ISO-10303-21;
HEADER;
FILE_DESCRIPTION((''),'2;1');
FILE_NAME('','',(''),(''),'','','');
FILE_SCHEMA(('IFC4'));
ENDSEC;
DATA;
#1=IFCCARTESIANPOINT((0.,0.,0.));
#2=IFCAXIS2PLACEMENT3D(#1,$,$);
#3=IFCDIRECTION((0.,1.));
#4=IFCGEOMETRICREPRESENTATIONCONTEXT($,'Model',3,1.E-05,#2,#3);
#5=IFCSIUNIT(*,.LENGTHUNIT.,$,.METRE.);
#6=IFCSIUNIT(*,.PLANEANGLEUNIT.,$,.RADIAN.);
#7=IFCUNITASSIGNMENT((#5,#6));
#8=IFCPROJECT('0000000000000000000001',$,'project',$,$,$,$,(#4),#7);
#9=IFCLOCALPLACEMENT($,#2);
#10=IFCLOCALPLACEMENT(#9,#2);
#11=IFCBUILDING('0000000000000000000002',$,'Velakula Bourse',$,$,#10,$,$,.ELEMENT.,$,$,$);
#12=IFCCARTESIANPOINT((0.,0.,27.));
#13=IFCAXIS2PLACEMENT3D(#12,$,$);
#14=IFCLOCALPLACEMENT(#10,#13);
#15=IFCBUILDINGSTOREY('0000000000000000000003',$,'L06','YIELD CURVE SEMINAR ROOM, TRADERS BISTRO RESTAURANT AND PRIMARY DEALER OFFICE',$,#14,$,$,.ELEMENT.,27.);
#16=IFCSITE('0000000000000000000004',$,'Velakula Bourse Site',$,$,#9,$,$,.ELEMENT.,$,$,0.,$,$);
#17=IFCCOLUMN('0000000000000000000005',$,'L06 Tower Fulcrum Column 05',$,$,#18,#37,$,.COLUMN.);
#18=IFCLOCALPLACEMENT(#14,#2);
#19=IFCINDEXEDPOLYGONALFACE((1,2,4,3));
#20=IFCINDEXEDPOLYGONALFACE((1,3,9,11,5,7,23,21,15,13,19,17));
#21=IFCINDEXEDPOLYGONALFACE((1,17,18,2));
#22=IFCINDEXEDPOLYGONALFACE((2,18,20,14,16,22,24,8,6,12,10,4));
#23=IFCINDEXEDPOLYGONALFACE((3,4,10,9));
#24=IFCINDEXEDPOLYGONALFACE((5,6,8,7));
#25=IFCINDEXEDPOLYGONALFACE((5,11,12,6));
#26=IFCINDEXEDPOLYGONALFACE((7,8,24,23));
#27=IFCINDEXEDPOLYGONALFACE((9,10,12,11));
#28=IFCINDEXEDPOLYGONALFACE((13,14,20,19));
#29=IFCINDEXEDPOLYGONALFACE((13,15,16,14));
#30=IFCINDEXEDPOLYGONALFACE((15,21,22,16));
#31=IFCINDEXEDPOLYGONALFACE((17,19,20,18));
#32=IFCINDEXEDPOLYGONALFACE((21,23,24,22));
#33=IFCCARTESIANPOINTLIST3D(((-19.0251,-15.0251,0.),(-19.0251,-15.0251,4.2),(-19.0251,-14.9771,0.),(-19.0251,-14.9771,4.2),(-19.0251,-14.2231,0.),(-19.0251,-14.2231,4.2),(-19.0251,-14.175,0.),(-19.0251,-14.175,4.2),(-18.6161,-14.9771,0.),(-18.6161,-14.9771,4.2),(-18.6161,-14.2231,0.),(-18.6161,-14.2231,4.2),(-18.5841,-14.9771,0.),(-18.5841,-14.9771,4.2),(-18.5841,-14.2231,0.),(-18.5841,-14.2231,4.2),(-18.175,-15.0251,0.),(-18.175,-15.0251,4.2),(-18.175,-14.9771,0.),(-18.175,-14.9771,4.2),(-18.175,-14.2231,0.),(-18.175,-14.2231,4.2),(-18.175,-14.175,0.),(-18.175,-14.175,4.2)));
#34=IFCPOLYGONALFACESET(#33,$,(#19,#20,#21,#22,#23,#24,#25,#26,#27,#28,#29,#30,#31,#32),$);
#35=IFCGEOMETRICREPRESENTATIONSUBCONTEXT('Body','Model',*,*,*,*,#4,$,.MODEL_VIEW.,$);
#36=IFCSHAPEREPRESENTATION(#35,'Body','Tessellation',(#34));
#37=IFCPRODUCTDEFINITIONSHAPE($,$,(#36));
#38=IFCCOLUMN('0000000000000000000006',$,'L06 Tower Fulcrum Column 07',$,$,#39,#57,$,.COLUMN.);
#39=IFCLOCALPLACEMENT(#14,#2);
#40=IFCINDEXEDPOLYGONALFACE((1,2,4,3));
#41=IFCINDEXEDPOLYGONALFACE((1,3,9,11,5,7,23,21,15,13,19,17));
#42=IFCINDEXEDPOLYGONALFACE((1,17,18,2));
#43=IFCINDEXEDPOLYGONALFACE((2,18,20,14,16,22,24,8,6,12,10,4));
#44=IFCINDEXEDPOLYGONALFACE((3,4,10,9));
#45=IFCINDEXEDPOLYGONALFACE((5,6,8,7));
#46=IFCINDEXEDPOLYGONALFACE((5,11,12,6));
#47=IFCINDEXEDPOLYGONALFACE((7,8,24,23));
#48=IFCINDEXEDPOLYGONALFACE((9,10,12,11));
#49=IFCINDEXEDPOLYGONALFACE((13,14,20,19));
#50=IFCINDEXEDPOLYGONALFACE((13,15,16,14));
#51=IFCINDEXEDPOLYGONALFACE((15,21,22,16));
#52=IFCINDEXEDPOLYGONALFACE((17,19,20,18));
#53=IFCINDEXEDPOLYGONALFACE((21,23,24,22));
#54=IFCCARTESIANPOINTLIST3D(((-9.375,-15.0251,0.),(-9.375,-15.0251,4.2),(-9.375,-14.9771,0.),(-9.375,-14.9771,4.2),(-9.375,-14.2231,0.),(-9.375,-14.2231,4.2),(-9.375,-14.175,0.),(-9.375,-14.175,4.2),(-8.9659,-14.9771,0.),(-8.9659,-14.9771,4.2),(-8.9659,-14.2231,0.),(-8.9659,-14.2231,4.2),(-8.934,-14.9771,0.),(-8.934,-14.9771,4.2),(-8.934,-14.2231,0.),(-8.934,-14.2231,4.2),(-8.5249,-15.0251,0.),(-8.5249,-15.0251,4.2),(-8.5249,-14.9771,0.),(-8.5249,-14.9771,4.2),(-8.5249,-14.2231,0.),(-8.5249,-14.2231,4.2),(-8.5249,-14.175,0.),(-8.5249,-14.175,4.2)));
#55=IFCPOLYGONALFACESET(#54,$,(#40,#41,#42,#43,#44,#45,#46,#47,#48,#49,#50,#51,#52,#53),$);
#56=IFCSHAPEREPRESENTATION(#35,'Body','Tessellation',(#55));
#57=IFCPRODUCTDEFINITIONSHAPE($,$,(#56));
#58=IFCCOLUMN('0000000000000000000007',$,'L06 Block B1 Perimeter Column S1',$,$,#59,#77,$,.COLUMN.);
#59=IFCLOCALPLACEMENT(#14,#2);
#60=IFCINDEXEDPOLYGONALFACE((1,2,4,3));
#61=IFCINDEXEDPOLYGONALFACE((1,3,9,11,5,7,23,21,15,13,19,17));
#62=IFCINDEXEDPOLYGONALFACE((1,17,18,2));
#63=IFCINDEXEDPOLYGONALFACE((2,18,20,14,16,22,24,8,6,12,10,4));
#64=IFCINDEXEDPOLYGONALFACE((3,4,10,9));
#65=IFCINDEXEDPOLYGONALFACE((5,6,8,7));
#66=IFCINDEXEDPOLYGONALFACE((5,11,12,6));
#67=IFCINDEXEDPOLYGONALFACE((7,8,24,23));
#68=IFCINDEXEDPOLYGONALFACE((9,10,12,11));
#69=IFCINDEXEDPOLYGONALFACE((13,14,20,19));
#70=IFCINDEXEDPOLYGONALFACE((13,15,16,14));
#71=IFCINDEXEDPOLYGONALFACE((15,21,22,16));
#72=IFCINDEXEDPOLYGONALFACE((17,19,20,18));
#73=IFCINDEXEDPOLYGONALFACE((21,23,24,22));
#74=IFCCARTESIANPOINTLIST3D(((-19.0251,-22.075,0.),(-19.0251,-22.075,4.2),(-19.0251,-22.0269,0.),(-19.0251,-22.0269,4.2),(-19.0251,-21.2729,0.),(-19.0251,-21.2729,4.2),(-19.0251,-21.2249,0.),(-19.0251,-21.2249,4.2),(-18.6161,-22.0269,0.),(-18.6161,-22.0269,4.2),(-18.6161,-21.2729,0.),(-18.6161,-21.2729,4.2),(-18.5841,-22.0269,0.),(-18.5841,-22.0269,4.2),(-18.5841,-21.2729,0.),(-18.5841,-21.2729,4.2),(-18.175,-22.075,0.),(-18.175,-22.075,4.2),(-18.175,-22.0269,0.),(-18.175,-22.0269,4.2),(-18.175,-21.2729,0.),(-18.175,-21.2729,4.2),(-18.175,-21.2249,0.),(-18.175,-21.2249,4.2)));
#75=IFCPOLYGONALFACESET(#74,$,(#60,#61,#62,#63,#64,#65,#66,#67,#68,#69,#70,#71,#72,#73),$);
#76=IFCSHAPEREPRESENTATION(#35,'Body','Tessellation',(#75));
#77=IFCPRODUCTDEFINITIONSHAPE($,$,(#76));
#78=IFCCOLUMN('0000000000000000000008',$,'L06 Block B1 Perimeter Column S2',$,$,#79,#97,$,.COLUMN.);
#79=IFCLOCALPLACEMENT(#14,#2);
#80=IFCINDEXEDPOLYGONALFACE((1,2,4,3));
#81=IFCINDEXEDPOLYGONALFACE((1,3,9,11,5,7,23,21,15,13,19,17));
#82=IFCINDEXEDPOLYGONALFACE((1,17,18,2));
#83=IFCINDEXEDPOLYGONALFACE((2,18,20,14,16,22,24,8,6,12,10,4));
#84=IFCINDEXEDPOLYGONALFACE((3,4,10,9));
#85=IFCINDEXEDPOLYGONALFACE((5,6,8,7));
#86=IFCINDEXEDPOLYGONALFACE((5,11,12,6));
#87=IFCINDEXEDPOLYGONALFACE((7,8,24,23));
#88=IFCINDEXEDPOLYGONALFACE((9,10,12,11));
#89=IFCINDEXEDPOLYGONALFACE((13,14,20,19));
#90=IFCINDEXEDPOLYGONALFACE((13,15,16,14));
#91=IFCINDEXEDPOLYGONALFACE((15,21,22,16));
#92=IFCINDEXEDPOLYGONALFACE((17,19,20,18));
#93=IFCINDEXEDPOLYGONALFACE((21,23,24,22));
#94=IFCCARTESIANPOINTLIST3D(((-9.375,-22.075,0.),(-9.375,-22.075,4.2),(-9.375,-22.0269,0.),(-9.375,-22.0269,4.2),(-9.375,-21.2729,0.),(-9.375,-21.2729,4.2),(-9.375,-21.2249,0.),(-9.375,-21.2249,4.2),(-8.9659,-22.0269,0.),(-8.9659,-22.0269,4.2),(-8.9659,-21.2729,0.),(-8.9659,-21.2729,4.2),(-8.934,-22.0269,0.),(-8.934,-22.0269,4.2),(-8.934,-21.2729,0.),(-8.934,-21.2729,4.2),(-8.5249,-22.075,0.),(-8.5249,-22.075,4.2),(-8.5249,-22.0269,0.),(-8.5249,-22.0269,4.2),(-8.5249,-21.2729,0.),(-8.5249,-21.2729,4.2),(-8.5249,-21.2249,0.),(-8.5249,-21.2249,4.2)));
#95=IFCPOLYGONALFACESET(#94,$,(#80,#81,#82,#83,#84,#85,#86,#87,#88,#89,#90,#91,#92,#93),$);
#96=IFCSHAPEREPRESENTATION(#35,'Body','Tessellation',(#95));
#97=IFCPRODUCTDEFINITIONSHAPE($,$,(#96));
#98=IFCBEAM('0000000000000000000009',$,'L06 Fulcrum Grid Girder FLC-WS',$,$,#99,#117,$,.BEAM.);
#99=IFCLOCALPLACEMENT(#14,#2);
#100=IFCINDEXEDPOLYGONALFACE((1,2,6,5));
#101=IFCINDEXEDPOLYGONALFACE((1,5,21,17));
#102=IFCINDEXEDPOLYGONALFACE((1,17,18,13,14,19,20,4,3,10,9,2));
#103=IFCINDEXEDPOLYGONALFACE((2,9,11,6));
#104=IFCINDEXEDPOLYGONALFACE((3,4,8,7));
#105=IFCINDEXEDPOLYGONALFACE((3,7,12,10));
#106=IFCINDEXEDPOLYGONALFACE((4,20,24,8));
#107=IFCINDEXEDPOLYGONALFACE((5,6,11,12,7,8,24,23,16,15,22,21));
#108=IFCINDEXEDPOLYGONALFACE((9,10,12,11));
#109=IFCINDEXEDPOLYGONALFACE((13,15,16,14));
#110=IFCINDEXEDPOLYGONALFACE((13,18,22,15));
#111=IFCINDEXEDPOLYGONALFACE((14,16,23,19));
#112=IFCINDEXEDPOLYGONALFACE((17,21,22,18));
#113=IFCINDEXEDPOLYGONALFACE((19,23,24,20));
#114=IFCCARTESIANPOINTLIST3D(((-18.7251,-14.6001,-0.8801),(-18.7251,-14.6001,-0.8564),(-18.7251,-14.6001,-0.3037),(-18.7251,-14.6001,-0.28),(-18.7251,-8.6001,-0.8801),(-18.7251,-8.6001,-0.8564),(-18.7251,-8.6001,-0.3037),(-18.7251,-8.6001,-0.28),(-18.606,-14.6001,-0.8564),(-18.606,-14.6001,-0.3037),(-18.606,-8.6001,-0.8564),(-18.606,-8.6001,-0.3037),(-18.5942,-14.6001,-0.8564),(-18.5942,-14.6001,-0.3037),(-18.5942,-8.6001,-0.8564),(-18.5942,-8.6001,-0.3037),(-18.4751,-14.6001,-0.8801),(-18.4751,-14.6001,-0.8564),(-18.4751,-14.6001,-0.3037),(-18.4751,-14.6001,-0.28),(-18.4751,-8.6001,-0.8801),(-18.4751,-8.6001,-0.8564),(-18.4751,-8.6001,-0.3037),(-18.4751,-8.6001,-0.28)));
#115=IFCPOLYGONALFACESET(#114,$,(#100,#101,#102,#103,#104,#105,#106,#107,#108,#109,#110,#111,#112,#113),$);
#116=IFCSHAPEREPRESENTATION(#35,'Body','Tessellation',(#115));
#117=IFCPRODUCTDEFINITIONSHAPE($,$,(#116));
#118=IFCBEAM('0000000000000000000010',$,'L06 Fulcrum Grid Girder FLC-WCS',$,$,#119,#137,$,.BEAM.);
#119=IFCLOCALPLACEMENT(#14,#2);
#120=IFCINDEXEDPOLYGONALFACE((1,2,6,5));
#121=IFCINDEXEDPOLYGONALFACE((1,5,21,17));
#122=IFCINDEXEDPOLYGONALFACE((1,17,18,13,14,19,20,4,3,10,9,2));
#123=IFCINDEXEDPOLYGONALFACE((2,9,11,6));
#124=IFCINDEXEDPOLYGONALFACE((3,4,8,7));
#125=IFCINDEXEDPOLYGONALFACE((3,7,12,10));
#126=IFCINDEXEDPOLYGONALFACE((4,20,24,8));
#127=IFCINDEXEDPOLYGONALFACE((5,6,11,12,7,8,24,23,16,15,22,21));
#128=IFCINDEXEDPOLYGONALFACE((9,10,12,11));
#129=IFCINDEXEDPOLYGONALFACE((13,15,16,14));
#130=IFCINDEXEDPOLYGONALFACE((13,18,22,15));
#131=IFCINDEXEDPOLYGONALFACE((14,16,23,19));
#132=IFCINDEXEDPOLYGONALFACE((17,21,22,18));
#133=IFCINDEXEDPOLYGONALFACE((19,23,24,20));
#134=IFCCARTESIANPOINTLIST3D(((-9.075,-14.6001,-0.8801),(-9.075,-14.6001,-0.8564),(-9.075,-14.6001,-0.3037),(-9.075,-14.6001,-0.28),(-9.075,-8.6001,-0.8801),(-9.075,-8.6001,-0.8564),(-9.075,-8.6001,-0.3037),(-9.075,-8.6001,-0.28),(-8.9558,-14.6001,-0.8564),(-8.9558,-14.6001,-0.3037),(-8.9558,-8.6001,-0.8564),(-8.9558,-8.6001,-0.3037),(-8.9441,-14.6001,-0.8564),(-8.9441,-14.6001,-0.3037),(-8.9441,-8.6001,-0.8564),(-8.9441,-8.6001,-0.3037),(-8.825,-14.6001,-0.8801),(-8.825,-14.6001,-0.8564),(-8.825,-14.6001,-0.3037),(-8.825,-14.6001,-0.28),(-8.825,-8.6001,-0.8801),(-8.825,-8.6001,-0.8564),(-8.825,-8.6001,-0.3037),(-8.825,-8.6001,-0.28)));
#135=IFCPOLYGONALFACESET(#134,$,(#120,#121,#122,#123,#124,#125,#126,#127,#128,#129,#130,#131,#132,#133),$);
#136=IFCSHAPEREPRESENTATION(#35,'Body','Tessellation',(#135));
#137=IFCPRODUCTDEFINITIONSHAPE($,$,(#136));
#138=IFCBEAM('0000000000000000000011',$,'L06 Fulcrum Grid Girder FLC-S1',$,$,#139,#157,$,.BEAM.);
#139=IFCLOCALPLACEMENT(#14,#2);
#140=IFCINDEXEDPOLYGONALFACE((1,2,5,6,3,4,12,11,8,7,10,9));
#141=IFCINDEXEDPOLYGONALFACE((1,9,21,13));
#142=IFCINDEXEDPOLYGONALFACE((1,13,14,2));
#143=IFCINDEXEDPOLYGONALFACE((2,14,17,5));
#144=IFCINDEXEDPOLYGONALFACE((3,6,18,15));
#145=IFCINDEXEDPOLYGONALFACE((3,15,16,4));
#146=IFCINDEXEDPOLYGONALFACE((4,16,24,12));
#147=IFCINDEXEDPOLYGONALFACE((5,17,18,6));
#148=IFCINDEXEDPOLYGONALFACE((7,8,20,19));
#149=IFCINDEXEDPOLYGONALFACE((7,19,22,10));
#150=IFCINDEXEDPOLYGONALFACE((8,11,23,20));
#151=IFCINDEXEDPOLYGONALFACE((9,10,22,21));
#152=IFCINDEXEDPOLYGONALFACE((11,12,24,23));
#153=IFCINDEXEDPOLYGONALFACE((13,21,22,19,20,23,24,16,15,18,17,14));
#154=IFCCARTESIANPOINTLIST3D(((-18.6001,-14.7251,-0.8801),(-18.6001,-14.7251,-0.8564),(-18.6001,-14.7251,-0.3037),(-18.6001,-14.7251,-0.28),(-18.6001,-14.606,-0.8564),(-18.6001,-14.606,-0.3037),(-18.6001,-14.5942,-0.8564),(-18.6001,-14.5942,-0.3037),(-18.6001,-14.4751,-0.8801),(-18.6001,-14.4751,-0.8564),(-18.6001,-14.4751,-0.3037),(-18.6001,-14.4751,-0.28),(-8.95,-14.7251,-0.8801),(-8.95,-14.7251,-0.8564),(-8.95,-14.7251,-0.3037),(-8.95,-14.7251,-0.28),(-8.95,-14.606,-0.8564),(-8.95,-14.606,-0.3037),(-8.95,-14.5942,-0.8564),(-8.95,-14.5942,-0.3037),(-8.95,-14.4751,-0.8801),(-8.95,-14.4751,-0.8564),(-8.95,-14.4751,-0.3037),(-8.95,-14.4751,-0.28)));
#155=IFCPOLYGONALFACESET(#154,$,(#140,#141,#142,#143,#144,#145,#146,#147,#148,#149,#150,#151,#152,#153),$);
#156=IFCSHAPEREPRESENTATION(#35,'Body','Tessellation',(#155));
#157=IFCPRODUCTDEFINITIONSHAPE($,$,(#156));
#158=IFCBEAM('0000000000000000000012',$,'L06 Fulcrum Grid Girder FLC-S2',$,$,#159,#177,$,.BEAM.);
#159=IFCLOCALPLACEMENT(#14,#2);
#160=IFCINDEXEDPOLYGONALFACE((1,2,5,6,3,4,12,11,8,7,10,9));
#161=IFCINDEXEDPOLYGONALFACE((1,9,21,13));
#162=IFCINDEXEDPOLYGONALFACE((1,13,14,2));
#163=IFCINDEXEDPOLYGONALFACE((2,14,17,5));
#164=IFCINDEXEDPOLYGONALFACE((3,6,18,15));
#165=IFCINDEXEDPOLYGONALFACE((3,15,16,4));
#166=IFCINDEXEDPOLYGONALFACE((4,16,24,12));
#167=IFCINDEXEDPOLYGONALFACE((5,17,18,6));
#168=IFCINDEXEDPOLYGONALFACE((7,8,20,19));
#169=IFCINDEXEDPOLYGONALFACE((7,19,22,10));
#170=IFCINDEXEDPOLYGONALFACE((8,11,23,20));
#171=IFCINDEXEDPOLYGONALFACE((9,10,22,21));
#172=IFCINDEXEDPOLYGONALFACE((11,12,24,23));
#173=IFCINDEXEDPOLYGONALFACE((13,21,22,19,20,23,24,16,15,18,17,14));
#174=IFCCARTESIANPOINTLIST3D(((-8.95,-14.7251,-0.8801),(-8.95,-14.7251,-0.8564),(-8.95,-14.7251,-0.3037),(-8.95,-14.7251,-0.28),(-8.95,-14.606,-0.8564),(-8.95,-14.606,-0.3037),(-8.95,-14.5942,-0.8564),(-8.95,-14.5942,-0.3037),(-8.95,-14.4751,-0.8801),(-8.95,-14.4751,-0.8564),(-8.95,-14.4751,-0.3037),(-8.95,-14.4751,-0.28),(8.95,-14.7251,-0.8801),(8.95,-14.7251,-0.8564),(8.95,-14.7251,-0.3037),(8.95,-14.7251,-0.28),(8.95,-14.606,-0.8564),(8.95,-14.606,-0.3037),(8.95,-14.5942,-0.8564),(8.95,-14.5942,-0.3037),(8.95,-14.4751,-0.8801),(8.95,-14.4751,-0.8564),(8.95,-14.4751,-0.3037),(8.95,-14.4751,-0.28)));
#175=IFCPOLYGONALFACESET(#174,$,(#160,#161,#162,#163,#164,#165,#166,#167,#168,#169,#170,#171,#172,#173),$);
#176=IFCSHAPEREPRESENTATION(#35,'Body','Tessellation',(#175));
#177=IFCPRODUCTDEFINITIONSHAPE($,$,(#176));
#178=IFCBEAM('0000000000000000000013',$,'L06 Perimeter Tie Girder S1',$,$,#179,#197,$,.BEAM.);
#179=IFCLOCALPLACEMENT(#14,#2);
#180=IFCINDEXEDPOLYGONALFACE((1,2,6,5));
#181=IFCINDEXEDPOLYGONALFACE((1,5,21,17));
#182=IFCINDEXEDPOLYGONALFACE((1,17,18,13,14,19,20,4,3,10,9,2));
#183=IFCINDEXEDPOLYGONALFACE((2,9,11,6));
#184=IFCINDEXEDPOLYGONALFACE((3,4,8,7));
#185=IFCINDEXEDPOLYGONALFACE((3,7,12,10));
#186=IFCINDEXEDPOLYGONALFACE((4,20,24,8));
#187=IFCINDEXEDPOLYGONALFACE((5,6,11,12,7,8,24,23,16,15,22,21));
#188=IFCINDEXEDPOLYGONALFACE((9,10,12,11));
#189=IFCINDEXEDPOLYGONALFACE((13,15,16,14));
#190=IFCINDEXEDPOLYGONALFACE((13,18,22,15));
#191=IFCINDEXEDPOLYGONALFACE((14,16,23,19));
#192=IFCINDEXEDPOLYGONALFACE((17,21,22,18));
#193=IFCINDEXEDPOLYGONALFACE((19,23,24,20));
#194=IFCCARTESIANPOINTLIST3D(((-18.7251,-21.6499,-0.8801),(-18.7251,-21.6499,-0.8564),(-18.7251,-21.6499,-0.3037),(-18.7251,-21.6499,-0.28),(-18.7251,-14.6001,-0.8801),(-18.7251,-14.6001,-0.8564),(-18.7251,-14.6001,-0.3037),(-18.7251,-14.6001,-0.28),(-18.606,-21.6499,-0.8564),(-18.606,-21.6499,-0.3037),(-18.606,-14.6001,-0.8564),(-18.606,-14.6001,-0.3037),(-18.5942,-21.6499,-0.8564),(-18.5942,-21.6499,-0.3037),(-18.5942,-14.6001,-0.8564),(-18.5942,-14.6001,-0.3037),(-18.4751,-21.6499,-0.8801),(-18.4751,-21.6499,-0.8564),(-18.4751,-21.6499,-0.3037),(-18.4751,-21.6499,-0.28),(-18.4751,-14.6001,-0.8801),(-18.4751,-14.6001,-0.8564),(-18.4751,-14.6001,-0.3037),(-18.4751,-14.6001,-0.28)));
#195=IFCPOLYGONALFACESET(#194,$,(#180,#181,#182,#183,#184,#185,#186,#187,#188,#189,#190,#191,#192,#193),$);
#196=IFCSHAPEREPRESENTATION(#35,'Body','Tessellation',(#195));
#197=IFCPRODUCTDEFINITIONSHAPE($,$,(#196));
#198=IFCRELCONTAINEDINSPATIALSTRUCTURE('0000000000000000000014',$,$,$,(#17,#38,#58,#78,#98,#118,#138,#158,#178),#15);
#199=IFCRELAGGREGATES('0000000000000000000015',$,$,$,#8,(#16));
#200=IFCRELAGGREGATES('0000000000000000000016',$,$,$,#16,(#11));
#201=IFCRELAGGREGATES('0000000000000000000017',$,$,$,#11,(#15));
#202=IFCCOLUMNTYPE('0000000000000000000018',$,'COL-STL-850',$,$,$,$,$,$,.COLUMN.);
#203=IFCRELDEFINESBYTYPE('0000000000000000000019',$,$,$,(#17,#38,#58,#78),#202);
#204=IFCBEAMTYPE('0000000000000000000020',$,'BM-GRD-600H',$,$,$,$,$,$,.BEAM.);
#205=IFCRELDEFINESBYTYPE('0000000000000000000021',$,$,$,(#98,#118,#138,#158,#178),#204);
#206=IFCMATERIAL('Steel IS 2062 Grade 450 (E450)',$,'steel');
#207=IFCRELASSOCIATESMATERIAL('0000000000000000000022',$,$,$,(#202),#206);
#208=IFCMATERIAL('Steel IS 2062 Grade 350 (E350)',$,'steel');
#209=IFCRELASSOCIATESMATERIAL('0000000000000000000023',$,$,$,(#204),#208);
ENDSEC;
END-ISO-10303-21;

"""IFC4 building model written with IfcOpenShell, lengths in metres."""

from ifc_helpers import new_model, si_unit, direction, frame, origin, origin_2d, place, context, subcontext, project, spatial, i_section, extrude, material, material_profile, profile_set, type_object, element, save


model = new_model("IFC4")

# Units and contexts
model_context = context("Model", 3, precision=1e-05, world=origin(), true_north=direction((0.0, 1.0)))
body_context = subcontext(model_context, "Body", "Model", "MODEL_VIEW")
ifc_project = project(units=[si_unit("LENGTHUNIT", "METRE"), si_unit("PLANEANGLEUNIT", "RADIAN")], contexts=[model_context])

# Site, building, storey
site_placement = place(None, origin())
site = spatial("IfcSite", under=ifc_project, at=site_placement, Name="Velakula Bourse Site", CompositionType="ELEMENT", RefElevation=0.0)
building_placement = place(site_placement, origin())
building = spatial("IfcBuilding", under=site, at=building_placement, Name="Velakula Bourse", CompositionType="ELEMENT")
storey_placement = place(building_placement, frame((0.0, 0.0, 27.0)))
storey = spatial("IfcBuildingStorey", under=building, at=storey_placement, Name="L06", Description="YIELD CURVE SEMINAR ROOM, TRADERS BISTRO RESTAURANT AND PRIMARY DEALER OFFICE", CompositionType="ELEMENT", Elevation=27.0)

# Columns
ifc_material_1 = material(Name="Steel IS 2062 Grade 450 (E450)", Category="steel")
ifc_material_profile_1 = material_profile(ifc_material_1, i_section(OverallWidth=0.8501, OverallDepth=0.8501, WebThickness=0.032, FlangeThickness=0.0481, at=origin_2d()), Name="Steel IS 2062 Grade 450 (E450)")
ifc_profile_set_1 = profile_set([ifc_material_profile_1], Name="Steel IS 2062 Grade 450 (E450)")
column_type = type_object("IfcColumnType", Name="COL-STL-850", PredefinedType="COLUMN", material=ifc_profile_set_1)
for number, where, z_axis, x_axis, name in (
    (1, (-18.6001, -14.6001, 0.0), (0.0, 0.0, 1.0), (1.0, 0.0, 0.0), "L06 Tower Fulcrum Column 05"),
    (2, (-8.95, -14.6001, 0.0), (0.0, 0.0, 1.0), (1.0, 0.0, 0.0), "L06 Tower Fulcrum Column 07"),
    (3, (-18.6001, -21.6499, 0.0), (0.0, 0.0, 1.0), (1.0, 0.0, 0.0), "L06 Block B1 Perimeter Column S1"),
    (4, (-8.95, -21.6499, 0.0), (0.0, 0.0, 1.0), (1.0, 0.0, 0.0), "L06 Block B1 Perimeter Column S2"),
):
    element("IfcColumn", number, at=place(storey_placement, frame(where, z_axis=z_axis, x_axis=x_axis)), inside=storey, type_object=column_type, Name=name, PredefinedType="COLUMN", context=body_context, shape_type="SweptSolid", body=[
        extrude(i_section(OverallWidth=0.8501, OverallDepth=0.8501, WebThickness=0.032, FlangeThickness=0.0481, at=origin_2d()), origin(), (0.0, 0.0, 1.0), 4.2),
    ])

# Beams
ifc_material_2 = material(Name="Steel IS 2062 Grade 350 (E350)", Category="steel")
ifc_material_profile_2 = material_profile(ifc_material_2, i_section(OverallWidth=0.25, OverallDepth=0.6001, WebThickness=0.0117, FlangeThickness=0.0237, at=origin_2d()), Name="Steel IS 2062 Grade 350 (E350)")
ifc_profile_set_2 = profile_set([ifc_material_profile_2], Name="Steel IS 2062 Grade 350 (E350)")
beam_type_1 = type_object("IfcBeamType", Name="BM-GRD-600H", PredefinedType="BEAM", material=ifc_profile_set_2)
for number, where, z_axis, x_axis, name in (
    (5, (-18.6001, -14.6001, -0.5801), (0.0, 1.0, 0.0), (-1.0, 0.0, 0.0), "L06 Fulcrum Grid Girder FLC-WS"),
    (6, (-8.95, -14.6001, -0.5801), (0.0, 1.0, 0.0), (-1.0, 0.0, 0.0), "L06 Fulcrum Grid Girder FLC-WCS"),
):
    element("IfcBeam", number, at=place(storey_placement, frame(where, z_axis=z_axis, x_axis=x_axis)), inside=storey, type_object=beam_type_1, Name=name, PredefinedType="BEAM", context=body_context, shape_type="SweptSolid", body=[
        extrude(i_section(OverallWidth=0.25, OverallDepth=0.6001, WebThickness=0.0117, FlangeThickness=0.0237, at=origin_2d()), origin(), (0.0, 0.0, 1.0), 6.0),
    ])
beam_1_placement = place(storey_placement, frame((-18.6001, -14.6001, -0.5801), z_axis=(1.0, 0.0, 0.0), x_axis=(0.0, 1.0, 0.0)))
element("IfcBeam", 7, at=beam_1_placement, inside=storey, type_object=beam_type_1, Name="L06 Fulcrum Grid Girder FLC-S1", PredefinedType="BEAM", context=body_context, shape_type="SweptSolid", body=[
    extrude(i_section(OverallWidth=0.25, OverallDepth=0.6001, WebThickness=0.0117, FlangeThickness=0.0237, at=origin_2d()), origin(), (0.0, 0.0, 1.0), 9.6501),
])
beam_2_placement = place(storey_placement, frame((-8.95, -14.6001, -0.5801), z_axis=(1.0, 0.0, 0.0), x_axis=(0.0, 1.0, 0.0)))
element("IfcBeam", 8, at=beam_2_placement, inside=storey, type_object=beam_type_1, Name="L06 Fulcrum Grid Girder FLC-S2", PredefinedType="BEAM", context=body_context, shape_type="SweptSolid", body=[
    extrude(i_section(OverallWidth=0.25, OverallDepth=0.6001, WebThickness=0.0117, FlangeThickness=0.0237, at=origin_2d()), origin(), (0.0, 0.0, 1.0), 17.8999),
])
for number, where, z_axis, x_axis, name in (
    (9, (-18.6001, -14.6001, -0.5801), (0.0, -1.0, 0.0), (1.0, 0.0, 0.0), "L06 Perimeter Tie Girder S1"),
):
    element("IfcBeam", number, at=place(storey_placement, frame(where, z_axis=z_axis, x_axis=x_axis)), inside=storey, type_object=beam_type_1, Name=name, PredefinedType="BEAM", context=body_context, shape_type="SweptSolid", body=[
        extrude(i_section(OverallWidth=0.25, OverallDepth=0.6001, WebThickness=0.0117, FlangeThickness=0.0237, at=origin_2d()), origin(), (0.0, 0.0, 1.0), 7.0498),
    ])

save(model, "model.ifc")
